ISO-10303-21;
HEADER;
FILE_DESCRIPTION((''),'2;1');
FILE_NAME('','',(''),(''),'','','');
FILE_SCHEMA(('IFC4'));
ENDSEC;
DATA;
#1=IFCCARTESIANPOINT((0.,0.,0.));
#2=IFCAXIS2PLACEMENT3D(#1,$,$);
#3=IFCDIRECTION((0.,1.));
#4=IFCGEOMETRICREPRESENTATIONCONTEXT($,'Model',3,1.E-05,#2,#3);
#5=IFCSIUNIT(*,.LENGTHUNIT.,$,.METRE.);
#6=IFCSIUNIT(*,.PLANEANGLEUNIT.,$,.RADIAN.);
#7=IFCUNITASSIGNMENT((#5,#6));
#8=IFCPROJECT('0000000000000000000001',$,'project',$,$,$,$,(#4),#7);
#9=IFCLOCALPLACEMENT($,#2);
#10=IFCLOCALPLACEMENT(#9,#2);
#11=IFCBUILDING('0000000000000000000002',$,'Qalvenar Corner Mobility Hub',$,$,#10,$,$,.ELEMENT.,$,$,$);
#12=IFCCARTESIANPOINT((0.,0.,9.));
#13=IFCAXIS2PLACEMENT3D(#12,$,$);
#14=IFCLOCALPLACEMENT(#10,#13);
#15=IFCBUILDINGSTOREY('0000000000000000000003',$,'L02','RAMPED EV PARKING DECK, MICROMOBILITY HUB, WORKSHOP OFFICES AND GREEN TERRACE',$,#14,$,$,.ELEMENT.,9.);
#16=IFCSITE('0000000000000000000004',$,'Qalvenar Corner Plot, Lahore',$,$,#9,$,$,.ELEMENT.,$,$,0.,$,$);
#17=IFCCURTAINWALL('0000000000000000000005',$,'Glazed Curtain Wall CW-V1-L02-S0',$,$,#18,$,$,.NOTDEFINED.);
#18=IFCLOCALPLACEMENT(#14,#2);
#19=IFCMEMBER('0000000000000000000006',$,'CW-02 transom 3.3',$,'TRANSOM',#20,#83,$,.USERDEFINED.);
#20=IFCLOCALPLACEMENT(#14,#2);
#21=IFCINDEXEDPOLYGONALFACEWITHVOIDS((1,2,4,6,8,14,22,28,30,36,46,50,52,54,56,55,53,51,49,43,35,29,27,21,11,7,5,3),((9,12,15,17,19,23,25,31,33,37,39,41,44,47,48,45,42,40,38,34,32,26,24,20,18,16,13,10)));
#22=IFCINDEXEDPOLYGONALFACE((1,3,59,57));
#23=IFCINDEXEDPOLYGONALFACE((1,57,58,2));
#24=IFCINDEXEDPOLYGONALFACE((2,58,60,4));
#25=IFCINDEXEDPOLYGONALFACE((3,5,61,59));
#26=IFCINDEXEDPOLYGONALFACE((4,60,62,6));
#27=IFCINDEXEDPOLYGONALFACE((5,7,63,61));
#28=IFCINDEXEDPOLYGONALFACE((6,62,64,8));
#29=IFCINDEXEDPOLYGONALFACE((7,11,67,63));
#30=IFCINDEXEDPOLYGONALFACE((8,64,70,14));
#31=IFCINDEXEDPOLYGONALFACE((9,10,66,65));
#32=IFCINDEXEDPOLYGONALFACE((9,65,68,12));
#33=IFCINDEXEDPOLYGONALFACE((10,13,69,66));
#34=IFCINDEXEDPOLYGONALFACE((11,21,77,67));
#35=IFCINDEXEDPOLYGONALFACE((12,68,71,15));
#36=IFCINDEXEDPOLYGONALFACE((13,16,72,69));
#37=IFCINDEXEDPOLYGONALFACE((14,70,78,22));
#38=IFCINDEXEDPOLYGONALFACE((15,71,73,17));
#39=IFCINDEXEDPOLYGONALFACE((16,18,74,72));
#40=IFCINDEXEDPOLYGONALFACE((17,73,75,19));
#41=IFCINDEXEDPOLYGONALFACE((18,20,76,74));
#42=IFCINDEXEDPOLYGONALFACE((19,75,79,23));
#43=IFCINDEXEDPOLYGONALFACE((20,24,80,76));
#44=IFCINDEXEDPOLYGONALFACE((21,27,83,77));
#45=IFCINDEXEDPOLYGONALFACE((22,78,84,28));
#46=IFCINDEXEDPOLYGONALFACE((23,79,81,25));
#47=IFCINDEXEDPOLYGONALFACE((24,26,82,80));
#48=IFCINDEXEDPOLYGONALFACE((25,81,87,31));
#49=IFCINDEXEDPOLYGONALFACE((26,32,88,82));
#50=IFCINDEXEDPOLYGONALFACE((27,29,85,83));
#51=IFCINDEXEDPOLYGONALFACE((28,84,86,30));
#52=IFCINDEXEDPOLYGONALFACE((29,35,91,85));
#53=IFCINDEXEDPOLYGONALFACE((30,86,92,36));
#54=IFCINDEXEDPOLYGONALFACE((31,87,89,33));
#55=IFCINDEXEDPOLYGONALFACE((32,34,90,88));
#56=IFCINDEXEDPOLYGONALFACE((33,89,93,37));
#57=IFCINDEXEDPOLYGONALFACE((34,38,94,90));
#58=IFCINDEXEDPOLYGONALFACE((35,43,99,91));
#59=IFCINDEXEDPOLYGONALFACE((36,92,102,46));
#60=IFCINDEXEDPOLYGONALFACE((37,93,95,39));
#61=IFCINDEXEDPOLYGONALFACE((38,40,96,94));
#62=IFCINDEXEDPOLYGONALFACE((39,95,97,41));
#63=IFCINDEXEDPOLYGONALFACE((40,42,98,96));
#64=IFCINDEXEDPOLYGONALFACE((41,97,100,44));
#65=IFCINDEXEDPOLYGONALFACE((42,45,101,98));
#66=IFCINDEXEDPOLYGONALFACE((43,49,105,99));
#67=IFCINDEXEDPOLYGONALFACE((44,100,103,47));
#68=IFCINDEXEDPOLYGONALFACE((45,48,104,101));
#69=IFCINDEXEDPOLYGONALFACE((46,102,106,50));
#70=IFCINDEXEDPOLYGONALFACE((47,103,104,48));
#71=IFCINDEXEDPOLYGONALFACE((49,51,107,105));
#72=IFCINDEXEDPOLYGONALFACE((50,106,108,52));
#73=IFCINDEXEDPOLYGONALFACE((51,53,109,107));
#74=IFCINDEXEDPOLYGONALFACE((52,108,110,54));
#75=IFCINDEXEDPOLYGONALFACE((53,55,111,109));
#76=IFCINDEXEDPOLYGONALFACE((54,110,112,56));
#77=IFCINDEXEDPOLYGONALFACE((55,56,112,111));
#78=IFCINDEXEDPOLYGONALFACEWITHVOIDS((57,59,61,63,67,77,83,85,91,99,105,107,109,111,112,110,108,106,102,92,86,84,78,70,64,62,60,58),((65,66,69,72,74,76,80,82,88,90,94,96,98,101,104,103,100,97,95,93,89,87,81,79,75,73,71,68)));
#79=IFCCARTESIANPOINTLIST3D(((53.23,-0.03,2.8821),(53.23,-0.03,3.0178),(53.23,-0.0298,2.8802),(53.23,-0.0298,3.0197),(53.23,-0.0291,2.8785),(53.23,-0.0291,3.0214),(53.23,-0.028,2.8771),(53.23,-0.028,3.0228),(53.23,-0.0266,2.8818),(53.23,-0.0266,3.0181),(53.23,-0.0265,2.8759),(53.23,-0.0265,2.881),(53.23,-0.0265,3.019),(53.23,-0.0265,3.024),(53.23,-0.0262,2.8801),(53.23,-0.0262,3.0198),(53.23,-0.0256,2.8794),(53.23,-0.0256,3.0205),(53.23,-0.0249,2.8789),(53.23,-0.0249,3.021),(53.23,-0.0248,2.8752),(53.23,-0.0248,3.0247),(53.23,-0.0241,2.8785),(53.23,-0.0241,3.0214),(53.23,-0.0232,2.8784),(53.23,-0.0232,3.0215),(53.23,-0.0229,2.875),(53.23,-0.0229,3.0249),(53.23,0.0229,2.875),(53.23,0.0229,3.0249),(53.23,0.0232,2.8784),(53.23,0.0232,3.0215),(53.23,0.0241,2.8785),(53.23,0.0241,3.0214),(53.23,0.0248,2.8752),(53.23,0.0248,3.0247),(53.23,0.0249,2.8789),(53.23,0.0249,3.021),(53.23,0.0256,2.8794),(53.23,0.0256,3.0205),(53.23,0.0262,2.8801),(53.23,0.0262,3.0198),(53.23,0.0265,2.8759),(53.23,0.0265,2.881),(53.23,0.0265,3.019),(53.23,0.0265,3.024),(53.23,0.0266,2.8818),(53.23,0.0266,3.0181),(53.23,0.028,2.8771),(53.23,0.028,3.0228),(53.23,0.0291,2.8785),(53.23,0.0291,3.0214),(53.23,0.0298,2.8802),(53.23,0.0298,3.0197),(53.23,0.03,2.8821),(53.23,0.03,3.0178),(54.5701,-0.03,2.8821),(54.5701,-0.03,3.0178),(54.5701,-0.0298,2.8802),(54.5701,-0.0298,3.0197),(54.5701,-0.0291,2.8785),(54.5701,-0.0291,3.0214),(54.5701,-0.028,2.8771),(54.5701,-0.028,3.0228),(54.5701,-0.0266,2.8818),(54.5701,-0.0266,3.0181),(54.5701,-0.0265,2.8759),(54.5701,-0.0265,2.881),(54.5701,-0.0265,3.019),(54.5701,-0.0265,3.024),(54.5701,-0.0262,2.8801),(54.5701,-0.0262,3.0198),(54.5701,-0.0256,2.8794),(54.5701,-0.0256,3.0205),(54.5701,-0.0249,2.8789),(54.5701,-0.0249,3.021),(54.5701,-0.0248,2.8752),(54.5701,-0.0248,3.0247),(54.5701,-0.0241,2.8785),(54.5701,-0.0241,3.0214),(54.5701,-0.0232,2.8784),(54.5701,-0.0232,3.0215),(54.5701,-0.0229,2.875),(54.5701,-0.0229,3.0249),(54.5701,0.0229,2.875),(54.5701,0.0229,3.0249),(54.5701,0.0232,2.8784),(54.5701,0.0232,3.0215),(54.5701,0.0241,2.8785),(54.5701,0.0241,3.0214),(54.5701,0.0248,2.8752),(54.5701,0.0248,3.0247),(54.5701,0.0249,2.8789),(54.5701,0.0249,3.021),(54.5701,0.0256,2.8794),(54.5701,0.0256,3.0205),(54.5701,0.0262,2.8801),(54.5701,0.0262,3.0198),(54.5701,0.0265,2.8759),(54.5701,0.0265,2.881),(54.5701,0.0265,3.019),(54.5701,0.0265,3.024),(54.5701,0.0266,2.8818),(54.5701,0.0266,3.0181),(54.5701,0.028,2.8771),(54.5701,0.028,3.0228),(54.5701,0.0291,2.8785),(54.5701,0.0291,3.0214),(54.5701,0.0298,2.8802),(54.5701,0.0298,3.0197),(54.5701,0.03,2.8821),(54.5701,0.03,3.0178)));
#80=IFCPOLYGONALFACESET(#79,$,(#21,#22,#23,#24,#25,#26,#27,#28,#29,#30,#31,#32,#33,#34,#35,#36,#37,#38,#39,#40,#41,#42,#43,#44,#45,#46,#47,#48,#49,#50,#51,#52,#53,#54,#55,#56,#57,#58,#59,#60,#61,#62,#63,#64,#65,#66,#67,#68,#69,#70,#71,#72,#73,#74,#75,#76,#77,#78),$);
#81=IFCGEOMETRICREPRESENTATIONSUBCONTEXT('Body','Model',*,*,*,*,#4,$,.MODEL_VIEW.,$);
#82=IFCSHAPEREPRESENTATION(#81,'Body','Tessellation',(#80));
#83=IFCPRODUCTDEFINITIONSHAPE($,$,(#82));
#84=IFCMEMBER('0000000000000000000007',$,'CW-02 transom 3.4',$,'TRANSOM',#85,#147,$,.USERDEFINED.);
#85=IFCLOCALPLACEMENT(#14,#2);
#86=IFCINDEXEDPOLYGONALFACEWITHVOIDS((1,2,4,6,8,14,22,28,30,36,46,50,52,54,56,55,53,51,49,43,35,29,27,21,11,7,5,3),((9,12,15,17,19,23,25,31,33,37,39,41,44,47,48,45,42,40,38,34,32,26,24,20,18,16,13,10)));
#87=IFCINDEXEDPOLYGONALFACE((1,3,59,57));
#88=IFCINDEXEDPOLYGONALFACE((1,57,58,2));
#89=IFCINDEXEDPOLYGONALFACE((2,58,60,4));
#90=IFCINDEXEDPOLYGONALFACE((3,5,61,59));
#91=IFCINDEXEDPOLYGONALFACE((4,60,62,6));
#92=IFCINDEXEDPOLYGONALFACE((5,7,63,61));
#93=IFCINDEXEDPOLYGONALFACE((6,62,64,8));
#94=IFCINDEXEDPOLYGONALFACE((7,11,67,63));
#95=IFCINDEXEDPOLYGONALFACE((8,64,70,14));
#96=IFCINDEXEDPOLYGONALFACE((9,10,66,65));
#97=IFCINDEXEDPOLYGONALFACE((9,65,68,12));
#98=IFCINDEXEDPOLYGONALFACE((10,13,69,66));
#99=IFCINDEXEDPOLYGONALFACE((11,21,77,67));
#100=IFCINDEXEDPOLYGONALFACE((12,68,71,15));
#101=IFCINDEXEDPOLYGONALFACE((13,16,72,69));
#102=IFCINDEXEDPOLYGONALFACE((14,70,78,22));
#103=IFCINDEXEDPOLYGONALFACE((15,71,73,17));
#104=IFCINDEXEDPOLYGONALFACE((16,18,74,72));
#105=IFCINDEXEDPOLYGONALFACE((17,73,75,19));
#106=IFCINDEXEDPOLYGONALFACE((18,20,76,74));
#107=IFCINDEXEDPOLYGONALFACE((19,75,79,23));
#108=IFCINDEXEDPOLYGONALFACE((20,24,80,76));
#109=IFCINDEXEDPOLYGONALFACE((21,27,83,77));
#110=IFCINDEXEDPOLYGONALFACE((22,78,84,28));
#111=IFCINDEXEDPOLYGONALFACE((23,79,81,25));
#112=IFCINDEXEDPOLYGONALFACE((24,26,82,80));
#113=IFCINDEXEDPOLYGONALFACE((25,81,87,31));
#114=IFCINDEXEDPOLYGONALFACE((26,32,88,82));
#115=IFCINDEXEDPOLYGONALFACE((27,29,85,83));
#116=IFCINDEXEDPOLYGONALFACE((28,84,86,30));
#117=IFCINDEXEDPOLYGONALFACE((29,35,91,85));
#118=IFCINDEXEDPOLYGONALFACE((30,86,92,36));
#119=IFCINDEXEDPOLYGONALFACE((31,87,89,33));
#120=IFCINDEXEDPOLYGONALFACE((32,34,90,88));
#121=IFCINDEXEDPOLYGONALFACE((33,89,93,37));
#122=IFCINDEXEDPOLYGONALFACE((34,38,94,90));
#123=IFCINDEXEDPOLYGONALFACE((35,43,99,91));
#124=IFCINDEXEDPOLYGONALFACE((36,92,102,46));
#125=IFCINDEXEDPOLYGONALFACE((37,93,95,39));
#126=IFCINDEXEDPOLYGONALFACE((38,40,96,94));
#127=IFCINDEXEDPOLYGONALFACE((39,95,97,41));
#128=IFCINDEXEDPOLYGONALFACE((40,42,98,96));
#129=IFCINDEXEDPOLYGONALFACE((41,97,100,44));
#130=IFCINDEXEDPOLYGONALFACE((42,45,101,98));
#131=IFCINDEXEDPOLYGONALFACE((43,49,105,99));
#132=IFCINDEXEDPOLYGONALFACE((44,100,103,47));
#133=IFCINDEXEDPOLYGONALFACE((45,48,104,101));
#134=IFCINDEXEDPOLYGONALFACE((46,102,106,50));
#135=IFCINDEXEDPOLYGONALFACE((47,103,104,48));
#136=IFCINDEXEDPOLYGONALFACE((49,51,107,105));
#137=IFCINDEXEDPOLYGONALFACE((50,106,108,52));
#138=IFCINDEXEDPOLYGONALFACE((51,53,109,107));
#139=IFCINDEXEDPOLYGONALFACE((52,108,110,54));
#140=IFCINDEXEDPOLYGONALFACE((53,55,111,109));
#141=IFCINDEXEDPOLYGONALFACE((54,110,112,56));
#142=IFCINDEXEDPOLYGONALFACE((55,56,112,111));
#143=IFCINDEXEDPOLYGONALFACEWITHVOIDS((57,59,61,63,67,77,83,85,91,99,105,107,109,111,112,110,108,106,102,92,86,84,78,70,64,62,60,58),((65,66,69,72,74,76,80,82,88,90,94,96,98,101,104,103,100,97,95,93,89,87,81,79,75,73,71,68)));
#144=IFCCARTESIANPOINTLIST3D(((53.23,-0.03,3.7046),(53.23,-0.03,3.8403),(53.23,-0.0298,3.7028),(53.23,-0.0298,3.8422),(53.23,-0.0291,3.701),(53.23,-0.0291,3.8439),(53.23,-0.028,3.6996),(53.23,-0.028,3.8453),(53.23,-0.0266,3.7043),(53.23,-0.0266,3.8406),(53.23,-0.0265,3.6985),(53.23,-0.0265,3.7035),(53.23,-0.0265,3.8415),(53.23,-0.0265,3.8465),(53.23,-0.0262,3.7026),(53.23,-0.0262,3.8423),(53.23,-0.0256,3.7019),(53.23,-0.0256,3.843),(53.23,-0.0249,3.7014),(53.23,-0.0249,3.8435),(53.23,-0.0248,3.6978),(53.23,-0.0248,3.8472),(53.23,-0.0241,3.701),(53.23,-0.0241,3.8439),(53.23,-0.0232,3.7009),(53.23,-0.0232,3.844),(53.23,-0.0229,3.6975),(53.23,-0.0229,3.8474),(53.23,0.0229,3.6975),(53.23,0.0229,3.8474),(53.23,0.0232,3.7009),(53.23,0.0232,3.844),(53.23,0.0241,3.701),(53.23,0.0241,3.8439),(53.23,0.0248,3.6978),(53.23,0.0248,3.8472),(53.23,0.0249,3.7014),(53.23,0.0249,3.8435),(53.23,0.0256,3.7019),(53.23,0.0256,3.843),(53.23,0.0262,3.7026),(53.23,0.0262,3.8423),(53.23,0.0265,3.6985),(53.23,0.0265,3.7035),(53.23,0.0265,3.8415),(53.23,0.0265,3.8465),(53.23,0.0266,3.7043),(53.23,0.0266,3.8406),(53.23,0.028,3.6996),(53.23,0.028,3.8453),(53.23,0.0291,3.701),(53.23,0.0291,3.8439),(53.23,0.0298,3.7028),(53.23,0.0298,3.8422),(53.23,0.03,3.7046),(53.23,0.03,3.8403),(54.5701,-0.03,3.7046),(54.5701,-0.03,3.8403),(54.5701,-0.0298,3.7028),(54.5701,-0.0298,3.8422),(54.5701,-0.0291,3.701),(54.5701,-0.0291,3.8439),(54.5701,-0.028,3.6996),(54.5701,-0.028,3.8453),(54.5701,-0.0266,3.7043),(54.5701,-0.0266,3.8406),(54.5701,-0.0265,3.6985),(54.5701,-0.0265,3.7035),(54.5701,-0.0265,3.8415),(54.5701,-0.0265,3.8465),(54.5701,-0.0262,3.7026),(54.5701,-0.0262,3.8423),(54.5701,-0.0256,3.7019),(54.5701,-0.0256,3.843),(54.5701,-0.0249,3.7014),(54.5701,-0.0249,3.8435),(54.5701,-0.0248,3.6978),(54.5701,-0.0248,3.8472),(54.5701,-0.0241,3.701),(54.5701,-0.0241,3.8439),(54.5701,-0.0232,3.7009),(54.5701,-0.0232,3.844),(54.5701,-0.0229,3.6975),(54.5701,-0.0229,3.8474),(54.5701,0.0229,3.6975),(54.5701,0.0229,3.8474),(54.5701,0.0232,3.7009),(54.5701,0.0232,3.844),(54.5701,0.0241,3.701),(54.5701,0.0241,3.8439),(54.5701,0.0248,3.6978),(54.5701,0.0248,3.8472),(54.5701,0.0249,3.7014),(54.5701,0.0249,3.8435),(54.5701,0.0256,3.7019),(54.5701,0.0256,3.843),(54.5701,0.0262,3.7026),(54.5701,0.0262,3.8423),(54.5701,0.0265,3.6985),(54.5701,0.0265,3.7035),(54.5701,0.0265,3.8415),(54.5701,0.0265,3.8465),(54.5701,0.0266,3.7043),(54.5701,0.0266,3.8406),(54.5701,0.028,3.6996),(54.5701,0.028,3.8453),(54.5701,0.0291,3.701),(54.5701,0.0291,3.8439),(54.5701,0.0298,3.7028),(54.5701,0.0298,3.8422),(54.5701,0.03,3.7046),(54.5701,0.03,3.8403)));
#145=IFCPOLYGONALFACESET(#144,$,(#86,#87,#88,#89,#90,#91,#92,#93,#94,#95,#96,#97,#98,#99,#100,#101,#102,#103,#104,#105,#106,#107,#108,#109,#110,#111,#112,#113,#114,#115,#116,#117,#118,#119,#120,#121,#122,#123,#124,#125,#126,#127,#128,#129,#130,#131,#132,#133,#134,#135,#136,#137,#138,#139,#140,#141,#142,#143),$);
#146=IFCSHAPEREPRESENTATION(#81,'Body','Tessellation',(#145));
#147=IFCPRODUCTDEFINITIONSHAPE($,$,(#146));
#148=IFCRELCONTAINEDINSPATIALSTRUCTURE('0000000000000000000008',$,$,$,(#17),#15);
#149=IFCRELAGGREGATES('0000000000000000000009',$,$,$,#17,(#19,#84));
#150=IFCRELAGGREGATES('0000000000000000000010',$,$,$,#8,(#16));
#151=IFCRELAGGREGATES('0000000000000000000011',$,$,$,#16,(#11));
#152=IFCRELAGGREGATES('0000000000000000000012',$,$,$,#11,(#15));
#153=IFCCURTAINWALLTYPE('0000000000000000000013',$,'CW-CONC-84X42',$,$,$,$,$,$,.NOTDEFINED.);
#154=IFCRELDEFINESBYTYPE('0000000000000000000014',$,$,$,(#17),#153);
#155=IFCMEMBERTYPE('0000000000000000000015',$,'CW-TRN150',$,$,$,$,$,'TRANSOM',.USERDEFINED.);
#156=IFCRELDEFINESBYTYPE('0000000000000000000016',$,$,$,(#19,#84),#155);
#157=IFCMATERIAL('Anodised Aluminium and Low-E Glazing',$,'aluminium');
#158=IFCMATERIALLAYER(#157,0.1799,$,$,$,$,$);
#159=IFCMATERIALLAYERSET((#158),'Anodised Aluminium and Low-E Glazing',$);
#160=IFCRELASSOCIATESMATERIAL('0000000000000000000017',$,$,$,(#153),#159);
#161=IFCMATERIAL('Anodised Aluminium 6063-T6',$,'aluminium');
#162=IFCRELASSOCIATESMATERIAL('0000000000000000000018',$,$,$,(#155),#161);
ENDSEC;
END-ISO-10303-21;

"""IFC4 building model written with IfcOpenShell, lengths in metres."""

from ifc_helpers import new_model, si_unit, direction, frame, origin, origin_2d, place, context, subcontext, project, spatial, hollow_rectangle, extrude, material, layer, layer_set, material_profile, profile_set, type_object, element, aggregate, save


model = new_model("IFC4")

# Units and contexts
model_context = context("Model", 3, precision=1e-05, world=origin(), true_north=direction((0.0, 1.0)))
body_context = subcontext(model_context, "Body", "Model", "MODEL_VIEW")
ifc_project = project(units=[si_unit("LENGTHUNIT", "METRE"), si_unit("PLANEANGLEUNIT", "RADIAN")], contexts=[model_context])

# Site, building, storey
site_placement = place(None, origin())
site = spatial("IfcSite", under=ifc_project, at=site_placement, Name="Qalvenar Corner Plot, Lahore", CompositionType="ELEMENT", RefElevation=0.0)
building_placement = place(site_placement, origin())
building = spatial("IfcBuilding", under=site, at=building_placement, Name="Qalvenar Corner Mobility Hub", CompositionType="ELEMENT")
storey_placement = place(building_placement, frame((0.0, 0.0, 9.0)))
storey = spatial("IfcBuildingStorey", under=building, at=storey_placement, Name="L02", Description="RAMPED EV PARKING DECK, MICROMOBILITY HUB, WORKSHOP OFFICES AND GREEN TERRACE", CompositionType="ELEMENT", Elevation=9.0)

# Curtain wall, members
ifc_material_1 = material(Name="Anodised Aluminium and Low-E Glazing", Category="aluminium")
ifc_layer_1 = layer(ifc_material_1, 0.1799)
ifc_layer_set_1 = layer_set([ifc_layer_1], Name="Anodised Aluminium and Low-E Glazing")
curtain_wall_type = type_object("IfcCurtainWallType", Name="CW-CONC-84X42", PredefinedType="NOTDEFINED", material=ifc_layer_set_1)
curtain_wall_placement = place(storey_placement, origin())
curtain_wall = element("IfcCurtainWall", 1, at=curtain_wall_placement, inside=storey, type_object=curtain_wall_type, Name="Glazed Curtain Wall CW-V1-L02-S0", PredefinedType="NOTDEFINED")
ifc_material_2 = material(Name="Anodised Aluminium 6063-T6", Category="aluminium")
ifc_material_profile_1 = material_profile(ifc_material_2, hollow_rectangle(XDim=0.0601, YDim=0.1499, WallThickness=0.0034, InnerFilletRadius=0.0034, OuterFilletRadius=0.0071, at=origin_2d()), Name="RHS150x60x3.5")
ifc_profile_set_1 = profile_set([ifc_material_profile_1], Name="Anodised Aluminium 6063-T6")
member_type_1 = type_object("IfcMemberType", Name="CW-TRN150", ElementType="TRANSOM", PredefinedType="USERDEFINED", material=ifc_profile_set_1)
member_1_placement = place(storey_placement, frame((53.23, 0.0, 2.95), z_axis=(1.0, 0.0, 0.0), x_axis=(0.0, 1.0, 0.0)))
member_1 = element("IfcMember", 2, at=member_1_placement, type_object=member_type_1, Name="CW-02 transom 3.3", ObjectType="TRANSOM", PredefinedType="USERDEFINED", context=body_context, shape_type="SweptSolid", body=[
    extrude(hollow_rectangle(XDim=0.0601, YDim=0.1499, WallThickness=0.0034, InnerFilletRadius=0.0034, OuterFilletRadius=0.0071, at=origin_2d()), origin(), (0.0, 0.0, 1.0), 1.3401),
])
member_2_placement = place(storey_placement, frame((53.23, 0.0, 3.7725), z_axis=(1.0, 0.0, 0.0), x_axis=(0.0, 1.0, 0.0)))
member_2 = element("IfcMember", 3, at=member_2_placement, type_object=member_type_1, Name="CW-02 transom 3.4", ObjectType="TRANSOM", PredefinedType="USERDEFINED", context=body_context, shape_type="SweptSolid", body=[
    extrude(hollow_rectangle(XDim=0.0601, YDim=0.1499, WallThickness=0.0034, InnerFilletRadius=0.0034, OuterFilletRadius=0.0071, at=origin_2d()), origin(), (0.0, 0.0, 1.0), 1.3401),
])
aggregate(curtain_wall, [member_1, member_2])

save(model, "model.ifc")
